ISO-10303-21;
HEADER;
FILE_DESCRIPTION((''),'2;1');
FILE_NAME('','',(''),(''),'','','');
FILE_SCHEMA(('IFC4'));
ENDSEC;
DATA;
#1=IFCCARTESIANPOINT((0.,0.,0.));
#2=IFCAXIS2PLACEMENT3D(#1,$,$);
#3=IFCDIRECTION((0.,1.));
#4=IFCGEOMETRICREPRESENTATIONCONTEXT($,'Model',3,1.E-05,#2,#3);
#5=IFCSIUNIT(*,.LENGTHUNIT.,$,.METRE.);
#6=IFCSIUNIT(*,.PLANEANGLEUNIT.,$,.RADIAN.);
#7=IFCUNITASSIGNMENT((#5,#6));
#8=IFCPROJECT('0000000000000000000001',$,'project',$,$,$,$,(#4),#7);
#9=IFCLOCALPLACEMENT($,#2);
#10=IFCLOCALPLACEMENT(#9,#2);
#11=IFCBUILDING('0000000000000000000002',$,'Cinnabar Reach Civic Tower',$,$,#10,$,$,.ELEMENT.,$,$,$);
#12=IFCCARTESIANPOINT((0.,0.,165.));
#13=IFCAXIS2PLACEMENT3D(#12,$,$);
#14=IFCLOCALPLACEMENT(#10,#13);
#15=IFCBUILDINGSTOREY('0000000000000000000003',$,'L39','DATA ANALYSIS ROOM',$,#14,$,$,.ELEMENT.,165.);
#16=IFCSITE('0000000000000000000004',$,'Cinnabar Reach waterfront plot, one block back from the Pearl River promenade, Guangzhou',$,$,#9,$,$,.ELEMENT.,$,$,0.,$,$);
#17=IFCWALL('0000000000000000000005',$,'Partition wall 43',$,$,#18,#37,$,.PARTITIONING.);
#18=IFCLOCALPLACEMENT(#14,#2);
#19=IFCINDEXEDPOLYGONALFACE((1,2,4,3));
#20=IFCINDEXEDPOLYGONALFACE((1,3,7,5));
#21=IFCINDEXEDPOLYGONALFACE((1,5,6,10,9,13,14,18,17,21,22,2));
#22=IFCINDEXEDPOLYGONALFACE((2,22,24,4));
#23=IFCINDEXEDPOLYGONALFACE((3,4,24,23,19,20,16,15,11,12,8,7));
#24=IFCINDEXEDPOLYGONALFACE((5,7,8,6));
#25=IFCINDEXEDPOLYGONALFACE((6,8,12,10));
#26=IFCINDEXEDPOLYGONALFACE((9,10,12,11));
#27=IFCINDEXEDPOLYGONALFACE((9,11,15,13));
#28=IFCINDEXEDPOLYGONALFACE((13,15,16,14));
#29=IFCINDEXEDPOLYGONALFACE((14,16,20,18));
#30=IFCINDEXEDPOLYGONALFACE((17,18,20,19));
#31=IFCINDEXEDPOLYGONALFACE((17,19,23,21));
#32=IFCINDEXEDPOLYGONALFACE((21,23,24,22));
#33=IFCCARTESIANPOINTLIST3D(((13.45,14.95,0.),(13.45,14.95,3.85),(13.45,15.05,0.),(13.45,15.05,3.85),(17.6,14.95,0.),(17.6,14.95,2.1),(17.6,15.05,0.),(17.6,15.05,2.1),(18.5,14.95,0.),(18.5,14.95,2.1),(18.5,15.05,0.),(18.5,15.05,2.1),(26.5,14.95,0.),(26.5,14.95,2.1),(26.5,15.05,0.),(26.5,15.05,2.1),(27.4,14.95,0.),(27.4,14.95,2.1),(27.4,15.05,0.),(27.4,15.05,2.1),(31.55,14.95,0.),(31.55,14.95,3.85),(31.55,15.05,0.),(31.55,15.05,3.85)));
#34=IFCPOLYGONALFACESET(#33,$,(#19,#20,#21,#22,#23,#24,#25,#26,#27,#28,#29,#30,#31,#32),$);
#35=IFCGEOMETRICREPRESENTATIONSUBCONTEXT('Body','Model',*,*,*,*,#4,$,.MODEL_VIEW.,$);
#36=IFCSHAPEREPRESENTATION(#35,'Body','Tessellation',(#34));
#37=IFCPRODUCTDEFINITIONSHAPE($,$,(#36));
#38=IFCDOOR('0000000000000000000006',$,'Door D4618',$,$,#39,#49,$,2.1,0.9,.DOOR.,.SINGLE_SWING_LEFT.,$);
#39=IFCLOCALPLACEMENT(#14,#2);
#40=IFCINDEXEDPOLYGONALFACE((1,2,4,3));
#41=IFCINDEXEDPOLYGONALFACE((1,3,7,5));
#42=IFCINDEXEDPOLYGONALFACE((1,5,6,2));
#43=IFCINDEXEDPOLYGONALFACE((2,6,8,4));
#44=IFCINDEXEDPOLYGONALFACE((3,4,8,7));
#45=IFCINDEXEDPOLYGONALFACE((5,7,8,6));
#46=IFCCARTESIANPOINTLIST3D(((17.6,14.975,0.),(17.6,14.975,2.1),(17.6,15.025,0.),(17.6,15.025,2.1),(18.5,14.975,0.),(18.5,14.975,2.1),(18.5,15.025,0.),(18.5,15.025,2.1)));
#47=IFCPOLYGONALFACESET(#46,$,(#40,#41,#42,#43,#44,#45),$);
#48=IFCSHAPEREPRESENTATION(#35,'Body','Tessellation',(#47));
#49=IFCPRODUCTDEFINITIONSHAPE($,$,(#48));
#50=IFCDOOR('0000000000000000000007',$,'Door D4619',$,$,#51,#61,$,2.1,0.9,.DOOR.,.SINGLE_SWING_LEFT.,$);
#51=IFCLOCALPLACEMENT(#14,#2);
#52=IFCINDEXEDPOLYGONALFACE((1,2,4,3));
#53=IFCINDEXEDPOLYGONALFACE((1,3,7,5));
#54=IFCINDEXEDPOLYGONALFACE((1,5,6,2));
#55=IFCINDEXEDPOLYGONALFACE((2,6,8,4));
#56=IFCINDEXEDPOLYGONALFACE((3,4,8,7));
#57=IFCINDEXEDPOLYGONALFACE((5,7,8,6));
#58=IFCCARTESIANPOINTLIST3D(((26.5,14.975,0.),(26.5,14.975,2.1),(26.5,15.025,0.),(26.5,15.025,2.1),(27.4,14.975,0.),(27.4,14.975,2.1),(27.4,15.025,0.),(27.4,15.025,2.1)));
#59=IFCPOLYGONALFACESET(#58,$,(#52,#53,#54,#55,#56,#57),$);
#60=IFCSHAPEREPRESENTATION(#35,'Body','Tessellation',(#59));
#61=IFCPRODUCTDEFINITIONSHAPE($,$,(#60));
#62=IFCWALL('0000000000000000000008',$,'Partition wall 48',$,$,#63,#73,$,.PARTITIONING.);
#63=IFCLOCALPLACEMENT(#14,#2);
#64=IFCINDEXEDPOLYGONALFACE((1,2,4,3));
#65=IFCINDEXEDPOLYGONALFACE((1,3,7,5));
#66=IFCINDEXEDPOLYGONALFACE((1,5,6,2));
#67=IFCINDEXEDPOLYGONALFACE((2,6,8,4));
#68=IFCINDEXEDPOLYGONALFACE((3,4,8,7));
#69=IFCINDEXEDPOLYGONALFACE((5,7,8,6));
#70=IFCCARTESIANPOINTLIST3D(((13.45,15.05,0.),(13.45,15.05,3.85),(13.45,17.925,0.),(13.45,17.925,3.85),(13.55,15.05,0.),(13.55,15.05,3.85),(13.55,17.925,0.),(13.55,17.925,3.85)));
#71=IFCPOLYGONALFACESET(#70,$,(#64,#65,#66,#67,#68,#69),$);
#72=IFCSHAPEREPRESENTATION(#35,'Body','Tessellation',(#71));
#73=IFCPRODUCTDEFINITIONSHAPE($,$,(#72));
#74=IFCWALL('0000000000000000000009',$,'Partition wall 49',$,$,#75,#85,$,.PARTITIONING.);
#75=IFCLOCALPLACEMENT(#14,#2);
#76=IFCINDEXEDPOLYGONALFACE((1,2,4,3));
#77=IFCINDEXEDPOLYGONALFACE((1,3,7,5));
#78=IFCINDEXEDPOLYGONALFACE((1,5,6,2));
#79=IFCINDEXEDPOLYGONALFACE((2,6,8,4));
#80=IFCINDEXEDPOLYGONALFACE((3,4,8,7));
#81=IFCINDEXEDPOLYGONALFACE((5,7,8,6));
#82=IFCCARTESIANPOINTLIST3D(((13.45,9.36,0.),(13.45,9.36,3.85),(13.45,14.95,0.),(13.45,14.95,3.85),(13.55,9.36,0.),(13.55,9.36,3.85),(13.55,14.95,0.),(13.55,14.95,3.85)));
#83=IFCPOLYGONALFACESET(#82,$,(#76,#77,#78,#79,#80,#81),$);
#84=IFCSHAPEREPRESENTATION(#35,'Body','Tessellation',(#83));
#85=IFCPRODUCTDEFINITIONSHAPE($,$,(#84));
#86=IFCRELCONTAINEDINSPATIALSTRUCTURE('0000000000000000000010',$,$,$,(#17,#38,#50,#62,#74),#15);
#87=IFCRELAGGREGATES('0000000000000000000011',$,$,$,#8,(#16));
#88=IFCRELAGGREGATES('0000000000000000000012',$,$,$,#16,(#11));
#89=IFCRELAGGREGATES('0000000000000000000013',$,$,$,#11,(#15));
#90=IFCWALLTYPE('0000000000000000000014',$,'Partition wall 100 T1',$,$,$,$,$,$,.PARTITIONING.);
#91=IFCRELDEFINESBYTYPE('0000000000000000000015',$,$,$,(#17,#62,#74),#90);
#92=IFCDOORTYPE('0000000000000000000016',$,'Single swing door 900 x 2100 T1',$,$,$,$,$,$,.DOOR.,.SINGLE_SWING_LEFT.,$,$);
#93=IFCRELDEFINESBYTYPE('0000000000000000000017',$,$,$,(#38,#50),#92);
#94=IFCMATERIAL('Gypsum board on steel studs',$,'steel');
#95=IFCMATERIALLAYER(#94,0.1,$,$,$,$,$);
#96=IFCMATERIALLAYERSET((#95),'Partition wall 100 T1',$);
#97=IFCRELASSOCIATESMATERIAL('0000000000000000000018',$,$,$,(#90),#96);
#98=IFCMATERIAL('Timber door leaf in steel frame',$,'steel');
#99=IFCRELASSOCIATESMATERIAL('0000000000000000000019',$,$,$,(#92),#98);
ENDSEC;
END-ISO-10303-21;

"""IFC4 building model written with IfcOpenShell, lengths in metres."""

from ifc_helpers import new_model, si_unit, direction, frame, frame_2d, origin, place, context, subcontext, project, spatial, rectangle, extrude, material, layer, layer_set, type_object, element, fill, save


model = new_model("IFC4")

# Units and contexts
model_context = context("Model", 3, precision=1e-05, world=origin(), true_north=direction((0.0, 1.0)))
body_context = subcontext(model_context, "Body", "Model", "MODEL_VIEW")
ifc_project = project(units=[si_unit("LENGTHUNIT", "METRE"), si_unit("PLANEANGLEUNIT", "RADIAN")], contexts=[model_context])

# Site, building, storey
site_placement = place(None, origin())
site = spatial("IfcSite", under=ifc_project, at=site_placement, Name="Cinnabar Reach waterfront plot, one block back from the Pearl River promenade, Guangzhou", CompositionType="ELEMENT", RefElevation=0.0)
building_placement = place(site_placement, origin())
building = spatial("IfcBuilding", under=site, at=building_placement, Name="Cinnabar Reach Civic Tower", CompositionType="ELEMENT")
storey_placement = place(building_placement, frame((0.0, 0.0, 165.0)))
storey = spatial("IfcBuildingStorey", under=building, at=storey_placement, Name="L39", Description="DATA ANALYSIS ROOM", CompositionType="ELEMENT", Elevation=165.0)

# Wall, openings, doors
ifc_material_1 = material(Name="Gypsum board on steel studs", Category="steel")
ifc_layer_1 = layer(ifc_material_1, 0.1)
ifc_layer_set_1 = layer_set([ifc_layer_1], Name="Partition wall 100 T1")
wall_type_1 = type_object("IfcWallType", Name="Partition wall 100 T1", PredefinedType="PARTITIONING", material=ifc_layer_set_1)
wall_1_placement = place(storey_placement, frame((13.45, 15.0, 0.0), z_axis=(0.0, 0.0, 1.0), x_axis=(1.0, 0.0, 0.0)))
wall_1 = element("IfcWall", 1, at=wall_1_placement, inside=storey, type_object=wall_type_1, Name="Partition wall 43", PredefinedType="PARTITIONING", context=body_context, shape_type="SweptSolid", body=[
    extrude(rectangle(XDim=18.1, YDim=0.1, at=frame_2d((9.05, 0.0))), origin(), (0.0, 0.0, 1.0), 3.85),
])
opening_1_placement = place(wall_1_placement, frame((4.15, 0.0, 0.0)))
opening_1 = element("IfcOpeningElement", 2, at=opening_1_placement, cuts=wall_1, PredefinedType="OPENING", context=body_context, shape_type="SweptSolid", body=[
    extrude(rectangle(XDim=0.9, YDim=2.1, at=frame_2d((0.45, 1.05))), frame((0.0, 0.06, 0.0), z_axis=(0.0, -1.0, 0.0), x_axis=(1.0, 0.0, 0.0)), (0.0, 0.0, 1.0), 0.12),
])
opening_2_placement = place(wall_1_placement, frame((13.05, 0.0, 0.0)))
opening_2 = element("IfcOpeningElement", 3, at=opening_2_placement, cuts=wall_1, PredefinedType="OPENING", context=body_context, shape_type="SweptSolid", body=[
    extrude(rectangle(XDim=0.9, YDim=2.1, at=frame_2d((0.45, 1.05))), frame((0.0, 0.06, 0.0), z_axis=(0.0, -1.0, 0.0), x_axis=(1.0, 0.0, 0.0)), (0.0, 0.0, 1.0), 0.12),
])
ifc_material_2 = material(Name="Timber door leaf in steel frame", Category="steel")
door_type = type_object("IfcDoorType", Name="Single swing door 900 x 2100 T1", OperationType="SINGLE_SWING_LEFT", PredefinedType="DOOR", material=ifc_material_2)
door_1_placement = place(opening_1_placement, frame((0.9, 0.0, 0.0), z_axis=(0.0, 0.0, 1.0), x_axis=(-1.0, 0.0, 0.0)))
door_1 = element("IfcDoor", 4, at=door_1_placement, inside=storey, type_object=door_type, Name="Door D4618", OperationType="SINGLE_SWING_LEFT", OverallHeight=2.1, OverallWidth=0.9, PredefinedType="DOOR", context=body_context, shape_type="SweptSolid", body=[
    extrude(rectangle(XDim=0.9, YDim=2.1, at=frame_2d((0.45, 1.05))), frame((0.0, 0.025, 0.0), z_axis=(0.0, -1.0, 0.0), x_axis=(1.0, 0.0, 0.0)), (0.0, 0.0, 1.0), 0.05),
])
fill(opening_1, door_1)
door_2_placement = place(opening_2_placement, frame((0.9, 0.0, 0.0), z_axis=(0.0, 0.0, 1.0), x_axis=(-1.0, 0.0, 0.0)))
door_2 = element("IfcDoor", 5, at=door_2_placement, inside=storey, type_object=door_type, Name="Door D4619", OperationType="SINGLE_SWING_LEFT", OverallHeight=2.1, OverallWidth=0.9, PredefinedType="DOOR", context=body_context, shape_type="SweptSolid", body=[
    extrude(rectangle(XDim=0.9, YDim=2.1, at=frame_2d((0.45, 1.05))), frame((0.0, 0.025, 0.0), z_axis=(0.0, -1.0, 0.0), x_axis=(1.0, 0.0, 0.0)), (0.0, 0.0, 1.0), 0.05),
])
fill(opening_2, door_2)

# Walls
wall_2_placement = place(storey_placement, frame((13.5, 15.05, 0.0), z_axis=(0.0, 0.0, 1.0), x_axis=(0.0, 1.0, 0.0)))
element("IfcWall", 6, at=wall_2_placement, inside=storey, type_object=wall_type_1, Name="Partition wall 48", PredefinedType="PARTITIONING", context=body_context, shape_type="SweptSolid", body=[
    extrude(rectangle(XDim=2.875, YDim=0.1, at=frame_2d((1.4375, 0.0))), origin(), (0.0, 0.0, 1.0), 3.85),
])
wall_3_placement = place(storey_placement, frame((13.5, 9.36, 0.0), z_axis=(0.0, 0.0, 1.0), x_axis=(0.0, 1.0, 0.0)))
element("IfcWall", 7, at=wall_3_placement, inside=storey, type_object=wall_type_1, Name="Partition wall 49", PredefinedType="PARTITIONING", context=body_context, shape_type="SweptSolid", body=[
    extrude(rectangle(XDim=5.59, YDim=0.1, at=frame_2d((2.795, 0.0))), origin(), (0.0, 0.0, 1.0), 3.85),
])

save(model, "model.ifc")
